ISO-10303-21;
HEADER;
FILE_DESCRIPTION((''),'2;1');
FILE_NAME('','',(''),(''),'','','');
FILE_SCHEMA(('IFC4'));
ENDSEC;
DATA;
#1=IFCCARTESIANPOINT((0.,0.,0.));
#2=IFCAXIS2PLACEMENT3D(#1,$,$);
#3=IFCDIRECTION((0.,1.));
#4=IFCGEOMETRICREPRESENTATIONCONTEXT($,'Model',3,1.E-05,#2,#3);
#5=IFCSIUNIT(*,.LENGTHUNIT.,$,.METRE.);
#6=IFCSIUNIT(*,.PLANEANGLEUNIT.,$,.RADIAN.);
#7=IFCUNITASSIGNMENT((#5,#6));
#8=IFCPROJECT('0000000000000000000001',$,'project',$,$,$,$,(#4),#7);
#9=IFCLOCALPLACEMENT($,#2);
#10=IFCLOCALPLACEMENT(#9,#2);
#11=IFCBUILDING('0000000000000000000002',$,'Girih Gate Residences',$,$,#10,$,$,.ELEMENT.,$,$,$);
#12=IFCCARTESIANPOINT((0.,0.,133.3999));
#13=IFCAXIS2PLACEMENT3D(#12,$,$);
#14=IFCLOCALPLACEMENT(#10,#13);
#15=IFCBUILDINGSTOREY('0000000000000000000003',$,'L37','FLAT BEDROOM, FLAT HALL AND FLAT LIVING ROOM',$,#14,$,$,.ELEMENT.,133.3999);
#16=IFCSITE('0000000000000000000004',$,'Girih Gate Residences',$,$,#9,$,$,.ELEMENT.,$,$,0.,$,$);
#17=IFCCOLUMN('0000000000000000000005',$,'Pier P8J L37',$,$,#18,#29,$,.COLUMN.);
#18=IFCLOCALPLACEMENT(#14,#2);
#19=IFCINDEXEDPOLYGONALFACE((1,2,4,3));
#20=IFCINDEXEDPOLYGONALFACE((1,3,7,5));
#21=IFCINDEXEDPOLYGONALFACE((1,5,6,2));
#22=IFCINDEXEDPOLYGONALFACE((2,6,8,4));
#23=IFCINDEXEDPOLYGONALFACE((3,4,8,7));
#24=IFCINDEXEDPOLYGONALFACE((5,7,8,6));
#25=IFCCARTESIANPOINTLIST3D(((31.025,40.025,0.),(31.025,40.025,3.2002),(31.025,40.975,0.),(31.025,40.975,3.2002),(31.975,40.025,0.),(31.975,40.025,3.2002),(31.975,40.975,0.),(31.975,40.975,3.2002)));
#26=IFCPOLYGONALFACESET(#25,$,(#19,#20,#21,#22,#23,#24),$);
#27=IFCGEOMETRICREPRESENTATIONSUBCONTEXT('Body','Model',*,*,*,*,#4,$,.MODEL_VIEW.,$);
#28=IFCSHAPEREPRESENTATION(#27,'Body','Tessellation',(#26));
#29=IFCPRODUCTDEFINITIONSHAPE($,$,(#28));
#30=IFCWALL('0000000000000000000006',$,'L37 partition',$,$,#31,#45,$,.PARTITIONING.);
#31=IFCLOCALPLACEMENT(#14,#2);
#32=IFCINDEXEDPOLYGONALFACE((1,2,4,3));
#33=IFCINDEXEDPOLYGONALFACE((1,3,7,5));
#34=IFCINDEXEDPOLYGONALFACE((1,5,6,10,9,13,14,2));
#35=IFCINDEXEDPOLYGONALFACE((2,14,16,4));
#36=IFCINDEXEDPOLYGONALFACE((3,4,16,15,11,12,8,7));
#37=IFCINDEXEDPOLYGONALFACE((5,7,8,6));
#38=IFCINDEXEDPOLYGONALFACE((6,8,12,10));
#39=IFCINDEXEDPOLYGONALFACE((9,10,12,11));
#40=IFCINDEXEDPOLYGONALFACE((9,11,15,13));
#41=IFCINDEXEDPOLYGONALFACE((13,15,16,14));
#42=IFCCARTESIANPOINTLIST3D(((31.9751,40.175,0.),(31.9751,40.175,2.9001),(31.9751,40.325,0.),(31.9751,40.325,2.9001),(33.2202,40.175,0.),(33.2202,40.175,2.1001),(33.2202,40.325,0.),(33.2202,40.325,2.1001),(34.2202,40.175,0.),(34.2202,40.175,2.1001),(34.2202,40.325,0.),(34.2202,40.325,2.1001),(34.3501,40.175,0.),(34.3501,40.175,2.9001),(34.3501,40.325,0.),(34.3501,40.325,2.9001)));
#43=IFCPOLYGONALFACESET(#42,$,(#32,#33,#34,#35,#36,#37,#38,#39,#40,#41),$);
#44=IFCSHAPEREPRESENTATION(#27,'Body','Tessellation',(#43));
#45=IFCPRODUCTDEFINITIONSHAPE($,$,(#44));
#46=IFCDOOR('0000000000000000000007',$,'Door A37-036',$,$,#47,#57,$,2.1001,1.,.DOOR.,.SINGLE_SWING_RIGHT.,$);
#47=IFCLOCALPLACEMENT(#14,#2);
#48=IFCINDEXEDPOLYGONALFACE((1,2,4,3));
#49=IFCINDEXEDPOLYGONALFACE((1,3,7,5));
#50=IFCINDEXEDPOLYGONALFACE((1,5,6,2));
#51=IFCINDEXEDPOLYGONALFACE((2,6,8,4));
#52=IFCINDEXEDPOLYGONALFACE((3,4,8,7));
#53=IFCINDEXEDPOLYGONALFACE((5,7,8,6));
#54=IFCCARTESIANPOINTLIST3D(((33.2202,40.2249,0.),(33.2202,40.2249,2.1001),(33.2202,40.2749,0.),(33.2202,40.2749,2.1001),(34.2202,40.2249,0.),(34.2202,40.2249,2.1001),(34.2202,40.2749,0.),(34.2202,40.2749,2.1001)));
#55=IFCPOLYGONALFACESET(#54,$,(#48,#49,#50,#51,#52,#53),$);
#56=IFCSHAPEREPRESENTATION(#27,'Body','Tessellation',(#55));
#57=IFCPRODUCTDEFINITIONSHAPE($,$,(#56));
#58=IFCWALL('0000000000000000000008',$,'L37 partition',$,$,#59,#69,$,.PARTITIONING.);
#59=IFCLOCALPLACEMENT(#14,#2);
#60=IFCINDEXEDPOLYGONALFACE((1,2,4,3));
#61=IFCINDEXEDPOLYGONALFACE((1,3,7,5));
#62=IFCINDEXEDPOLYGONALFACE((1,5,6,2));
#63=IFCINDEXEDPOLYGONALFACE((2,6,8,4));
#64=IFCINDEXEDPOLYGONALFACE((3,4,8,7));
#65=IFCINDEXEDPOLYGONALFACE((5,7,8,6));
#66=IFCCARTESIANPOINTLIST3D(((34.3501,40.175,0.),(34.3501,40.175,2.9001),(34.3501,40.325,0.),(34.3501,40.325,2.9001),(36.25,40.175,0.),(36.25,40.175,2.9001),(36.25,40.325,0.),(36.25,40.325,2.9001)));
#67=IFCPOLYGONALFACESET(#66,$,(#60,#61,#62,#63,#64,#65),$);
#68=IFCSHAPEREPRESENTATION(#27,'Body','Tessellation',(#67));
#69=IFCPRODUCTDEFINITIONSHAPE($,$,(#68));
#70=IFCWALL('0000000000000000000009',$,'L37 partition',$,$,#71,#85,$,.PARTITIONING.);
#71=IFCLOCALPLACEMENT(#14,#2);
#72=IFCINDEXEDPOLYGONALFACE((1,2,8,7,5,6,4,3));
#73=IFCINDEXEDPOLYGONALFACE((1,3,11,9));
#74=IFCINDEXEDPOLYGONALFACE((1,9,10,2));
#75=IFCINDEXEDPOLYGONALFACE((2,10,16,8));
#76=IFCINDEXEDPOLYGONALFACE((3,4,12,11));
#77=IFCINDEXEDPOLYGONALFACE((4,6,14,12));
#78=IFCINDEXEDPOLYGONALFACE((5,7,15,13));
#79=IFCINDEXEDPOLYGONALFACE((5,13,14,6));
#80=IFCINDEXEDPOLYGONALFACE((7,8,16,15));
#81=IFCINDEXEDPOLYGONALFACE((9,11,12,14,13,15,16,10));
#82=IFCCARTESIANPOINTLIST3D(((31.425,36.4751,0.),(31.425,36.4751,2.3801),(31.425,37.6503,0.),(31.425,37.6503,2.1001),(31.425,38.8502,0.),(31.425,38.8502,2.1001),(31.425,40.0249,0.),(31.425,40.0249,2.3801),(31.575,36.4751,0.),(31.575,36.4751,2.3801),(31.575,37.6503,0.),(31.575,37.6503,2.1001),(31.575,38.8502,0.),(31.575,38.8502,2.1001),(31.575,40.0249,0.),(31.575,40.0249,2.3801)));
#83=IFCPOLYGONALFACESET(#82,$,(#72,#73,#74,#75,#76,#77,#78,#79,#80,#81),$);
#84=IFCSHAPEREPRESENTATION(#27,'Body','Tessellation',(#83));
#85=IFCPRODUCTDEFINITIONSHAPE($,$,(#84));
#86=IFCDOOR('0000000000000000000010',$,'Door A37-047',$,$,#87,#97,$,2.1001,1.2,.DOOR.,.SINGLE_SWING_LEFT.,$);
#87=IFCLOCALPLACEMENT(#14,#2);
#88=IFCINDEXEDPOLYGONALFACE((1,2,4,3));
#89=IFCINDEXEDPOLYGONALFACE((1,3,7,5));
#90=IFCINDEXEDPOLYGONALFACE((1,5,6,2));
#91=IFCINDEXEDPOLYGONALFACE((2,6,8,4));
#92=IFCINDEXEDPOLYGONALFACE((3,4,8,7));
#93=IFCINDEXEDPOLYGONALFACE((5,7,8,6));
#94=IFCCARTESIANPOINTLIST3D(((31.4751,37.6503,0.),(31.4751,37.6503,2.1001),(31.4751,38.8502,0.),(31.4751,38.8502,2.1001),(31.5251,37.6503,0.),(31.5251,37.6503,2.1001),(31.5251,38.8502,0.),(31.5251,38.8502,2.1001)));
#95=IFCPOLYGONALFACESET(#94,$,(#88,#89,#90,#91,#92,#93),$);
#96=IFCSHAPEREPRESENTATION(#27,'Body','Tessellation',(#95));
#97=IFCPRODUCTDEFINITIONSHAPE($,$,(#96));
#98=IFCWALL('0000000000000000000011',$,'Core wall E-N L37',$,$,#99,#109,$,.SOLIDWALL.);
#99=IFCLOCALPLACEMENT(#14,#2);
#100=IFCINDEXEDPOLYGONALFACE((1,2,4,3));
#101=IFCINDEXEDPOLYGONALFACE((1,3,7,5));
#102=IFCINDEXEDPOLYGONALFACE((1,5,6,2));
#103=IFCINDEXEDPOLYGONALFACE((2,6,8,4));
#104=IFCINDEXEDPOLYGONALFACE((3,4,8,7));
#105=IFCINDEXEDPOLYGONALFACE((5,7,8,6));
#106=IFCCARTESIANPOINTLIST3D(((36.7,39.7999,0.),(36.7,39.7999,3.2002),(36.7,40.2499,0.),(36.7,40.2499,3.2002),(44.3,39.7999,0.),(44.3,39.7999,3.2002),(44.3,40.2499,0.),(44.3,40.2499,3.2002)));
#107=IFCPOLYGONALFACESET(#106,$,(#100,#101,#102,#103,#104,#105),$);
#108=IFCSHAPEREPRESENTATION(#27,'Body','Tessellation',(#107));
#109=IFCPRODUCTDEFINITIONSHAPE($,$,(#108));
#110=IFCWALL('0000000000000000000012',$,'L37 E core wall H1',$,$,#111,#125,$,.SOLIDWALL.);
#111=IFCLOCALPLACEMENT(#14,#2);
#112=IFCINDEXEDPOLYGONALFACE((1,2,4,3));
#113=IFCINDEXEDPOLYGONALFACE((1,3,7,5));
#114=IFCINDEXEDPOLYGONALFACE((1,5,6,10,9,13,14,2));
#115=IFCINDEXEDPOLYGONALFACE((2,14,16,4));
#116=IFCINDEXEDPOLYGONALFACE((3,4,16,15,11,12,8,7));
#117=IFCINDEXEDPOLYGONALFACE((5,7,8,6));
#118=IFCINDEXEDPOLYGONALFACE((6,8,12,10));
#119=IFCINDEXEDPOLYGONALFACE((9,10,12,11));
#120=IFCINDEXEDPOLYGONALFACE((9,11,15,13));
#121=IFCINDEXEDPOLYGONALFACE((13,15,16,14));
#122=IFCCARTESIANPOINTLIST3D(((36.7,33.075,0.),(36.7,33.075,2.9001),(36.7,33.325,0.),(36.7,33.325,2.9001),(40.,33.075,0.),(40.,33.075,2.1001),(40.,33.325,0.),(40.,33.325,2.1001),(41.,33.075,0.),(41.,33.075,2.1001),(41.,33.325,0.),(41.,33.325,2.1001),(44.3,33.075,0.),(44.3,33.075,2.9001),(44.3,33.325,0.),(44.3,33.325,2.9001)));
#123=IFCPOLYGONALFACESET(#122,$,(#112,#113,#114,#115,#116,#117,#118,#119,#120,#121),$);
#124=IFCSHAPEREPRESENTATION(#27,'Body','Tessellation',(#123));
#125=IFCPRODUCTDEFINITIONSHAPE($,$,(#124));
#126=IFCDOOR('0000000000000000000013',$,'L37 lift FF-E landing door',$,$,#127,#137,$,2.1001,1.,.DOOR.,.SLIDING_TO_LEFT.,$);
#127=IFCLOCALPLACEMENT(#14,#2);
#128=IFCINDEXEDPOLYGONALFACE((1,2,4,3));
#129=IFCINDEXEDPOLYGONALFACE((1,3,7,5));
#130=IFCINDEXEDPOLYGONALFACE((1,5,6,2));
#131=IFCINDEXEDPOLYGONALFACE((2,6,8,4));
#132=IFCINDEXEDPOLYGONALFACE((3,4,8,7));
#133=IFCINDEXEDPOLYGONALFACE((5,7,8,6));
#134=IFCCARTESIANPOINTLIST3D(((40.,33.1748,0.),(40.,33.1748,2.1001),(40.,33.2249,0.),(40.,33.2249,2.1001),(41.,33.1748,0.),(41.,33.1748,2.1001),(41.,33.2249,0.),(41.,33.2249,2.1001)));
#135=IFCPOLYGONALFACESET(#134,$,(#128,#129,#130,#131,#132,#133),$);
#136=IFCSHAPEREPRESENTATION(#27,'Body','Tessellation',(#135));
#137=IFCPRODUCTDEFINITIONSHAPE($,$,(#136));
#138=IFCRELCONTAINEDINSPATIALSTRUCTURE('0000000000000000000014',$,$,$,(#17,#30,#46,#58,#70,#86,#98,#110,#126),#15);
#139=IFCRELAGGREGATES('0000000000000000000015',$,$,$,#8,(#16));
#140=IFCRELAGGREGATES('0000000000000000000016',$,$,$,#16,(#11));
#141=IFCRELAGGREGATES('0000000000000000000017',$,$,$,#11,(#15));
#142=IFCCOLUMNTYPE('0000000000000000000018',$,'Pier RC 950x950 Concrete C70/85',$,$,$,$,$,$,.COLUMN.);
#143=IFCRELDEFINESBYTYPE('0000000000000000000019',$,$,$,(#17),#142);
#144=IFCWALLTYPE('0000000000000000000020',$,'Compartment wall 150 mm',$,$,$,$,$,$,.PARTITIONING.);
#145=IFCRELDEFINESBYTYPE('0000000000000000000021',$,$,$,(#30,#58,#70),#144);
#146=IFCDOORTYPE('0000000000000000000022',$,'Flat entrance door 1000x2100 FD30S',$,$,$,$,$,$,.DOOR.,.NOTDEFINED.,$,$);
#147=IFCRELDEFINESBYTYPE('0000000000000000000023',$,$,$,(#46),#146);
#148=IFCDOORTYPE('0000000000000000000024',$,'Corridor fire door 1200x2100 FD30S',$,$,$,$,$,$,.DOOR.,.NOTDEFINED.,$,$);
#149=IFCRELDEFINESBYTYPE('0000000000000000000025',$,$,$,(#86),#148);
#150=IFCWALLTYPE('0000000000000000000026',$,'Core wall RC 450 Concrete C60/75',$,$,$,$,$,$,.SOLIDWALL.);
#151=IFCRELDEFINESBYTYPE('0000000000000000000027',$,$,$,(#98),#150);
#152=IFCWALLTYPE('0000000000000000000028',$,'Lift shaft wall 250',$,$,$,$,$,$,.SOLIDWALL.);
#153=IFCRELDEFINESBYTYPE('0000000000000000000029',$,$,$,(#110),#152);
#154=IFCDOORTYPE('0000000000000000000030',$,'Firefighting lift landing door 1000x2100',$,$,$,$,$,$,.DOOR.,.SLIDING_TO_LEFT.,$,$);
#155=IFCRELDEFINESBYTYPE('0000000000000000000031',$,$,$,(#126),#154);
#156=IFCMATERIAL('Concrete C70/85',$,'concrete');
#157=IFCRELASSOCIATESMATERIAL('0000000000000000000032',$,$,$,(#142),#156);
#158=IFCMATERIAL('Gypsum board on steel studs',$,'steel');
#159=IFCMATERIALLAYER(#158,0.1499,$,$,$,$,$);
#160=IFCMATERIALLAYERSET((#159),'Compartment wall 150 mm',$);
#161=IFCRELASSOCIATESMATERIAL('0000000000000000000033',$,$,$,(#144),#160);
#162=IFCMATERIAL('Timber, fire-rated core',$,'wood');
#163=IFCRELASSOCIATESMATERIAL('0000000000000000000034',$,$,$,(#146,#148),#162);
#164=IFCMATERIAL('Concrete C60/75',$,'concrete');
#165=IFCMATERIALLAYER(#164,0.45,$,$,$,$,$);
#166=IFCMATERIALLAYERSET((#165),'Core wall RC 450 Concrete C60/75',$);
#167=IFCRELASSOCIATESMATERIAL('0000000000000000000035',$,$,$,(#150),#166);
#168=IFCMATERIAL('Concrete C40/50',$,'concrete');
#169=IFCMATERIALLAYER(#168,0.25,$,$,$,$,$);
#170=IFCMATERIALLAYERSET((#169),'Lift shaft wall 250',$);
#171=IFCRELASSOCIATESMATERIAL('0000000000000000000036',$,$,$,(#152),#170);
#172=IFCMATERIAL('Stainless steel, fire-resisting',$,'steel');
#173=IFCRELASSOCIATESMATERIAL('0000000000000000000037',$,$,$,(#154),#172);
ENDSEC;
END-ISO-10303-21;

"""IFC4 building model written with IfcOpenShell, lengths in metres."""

from ifc_helpers import new_model, si_unit, direction, frame, frame_2d, origin, origin_2d, place, context, subcontext, project, spatial, rectangle, extrude, material, layer, layer_set, material_profile, profile_set, type_object, element, fill, save


model = new_model("IFC4")

# Units and contexts
model_context = context("Model", 3, precision=1e-05, world=origin(), true_north=direction((0.0, 1.0)))
body_context = subcontext(model_context, "Body", "Model", "MODEL_VIEW")
ifc_project = project(units=[si_unit("LENGTHUNIT", "METRE"), si_unit("PLANEANGLEUNIT", "RADIAN")], contexts=[model_context])

# Site, building, storey
site_placement = place(None, origin())
site = spatial("IfcSite", under=ifc_project, at=site_placement, Name="Girih Gate Residences", CompositionType="ELEMENT", RefElevation=0.0)
building_placement = place(site_placement, origin())
building = spatial("IfcBuilding", under=site, at=building_placement, Name="Girih Gate Residences", CompositionType="ELEMENT")
storey_placement = place(building_placement, frame((0.0, 0.0, 133.3999)))
storey = spatial("IfcBuildingStorey", under=building, at=storey_placement, Name="L37", Description="FLAT BEDROOM, FLAT HALL AND FLAT LIVING ROOM", CompositionType="ELEMENT", Elevation=133.3999)

# Column
ifc_material_1 = material(Name="Concrete C70/85", Category="concrete")
ifc_material_profile = material_profile(ifc_material_1, rectangle(XDim=0.95, YDim=0.95, at=origin_2d()))
ifc_profile_set = profile_set([ifc_material_profile], Name="Concrete C70/85")
column_type = type_object("IfcColumnType", Name="Pier RC 950x950 Concrete C70/85", PredefinedType="COLUMN", material=ifc_profile_set)
column_placement = place(storey_placement, frame((31.5, 40.5, 0.0), z_axis=(0.0, 0.0, 1.0), x_axis=(1.0, 0.0, 0.0)))
element("IfcColumn", 1, at=column_placement, inside=storey, type_object=column_type, Name="Pier P8J L37", PredefinedType="COLUMN", context=body_context, shape_type="SweptSolid", body=[
    extrude(rectangle(XDim=0.95, YDim=0.95, at=origin_2d()), origin(), (0.0, 0.0, 1.0), 3.2002),
])

# Wall, opening, door
ifc_material_2 = material(Name="Gypsum board on steel studs", Category="steel")
ifc_layer_1 = layer(ifc_material_2, 0.1499)
ifc_layer_set_1 = layer_set([ifc_layer_1], Name="Compartment wall 150 mm")
wall_type_1 = type_object("IfcWallType", Name="Compartment wall 150 mm", PredefinedType="PARTITIONING", material=ifc_layer_set_1)
wall_1_placement = place(storey_placement, frame((31.9751, 40.25, 0.0), z_axis=(0.0, 0.0, 1.0), x_axis=(1.0, 0.0, 0.0)))
wall_1 = element("IfcWall", 2, at=wall_1_placement, inside=storey, type_object=wall_type_1, Name="L37 partition", PredefinedType="PARTITIONING", context=body_context, shape_type="SweptSolid", body=[
    extrude(rectangle(XDim=2.375, YDim=0.1499, at=frame_2d((1.1875, 0.0))), origin(), (0.0, 0.0, 1.0), 2.9001),
])
opening_1_placement = place(wall_1_placement, frame((1.2451, 0.0, 0.0)))
opening_1 = element("IfcOpeningElement", 3, at=opening_1_placement, cuts=wall_1, PredefinedType="OPENING", context=body_context, shape_type="SweptSolid", body=[
    extrude(rectangle(XDim=1.0, YDim=2.1001, at=frame_2d((0.5, 1.05))), frame((0.0, 0.085, 0.0), z_axis=(0.0, -1.0, 0.0), x_axis=(1.0, 0.0, 0.0)), (0.0, 0.0, 1.0), 0.1699),
])
ifc_material_3 = material(Name="Timber, fire-rated core", Category="wood")
door_type_1 = type_object("IfcDoorType", Name="Flat entrance door 1000x2100 FD30S", OperationType="NOTDEFINED", PredefinedType="DOOR", material=ifc_material_3)
door_1_placement = place(opening_1_placement, origin())
door_1 = element("IfcDoor", 4, at=door_1_placement, inside=storey, type_object=door_type_1, Name="Door A37-036", OperationType="SINGLE_SWING_RIGHT", OverallHeight=2.1001, OverallWidth=1.0, PredefinedType="DOOR", context=body_context, shape_type="SweptSolid", body=[
    extrude(rectangle(XDim=1.0, YDim=2.1001, at=frame_2d((0.5, 1.05))), frame((0.0, 0.0249, 0.0), z_axis=(0.0, -1.0, 0.0), x_axis=(1.0, 0.0, 0.0)), (0.0, 0.0, 1.0), 0.05),
])
fill(opening_1, door_1)

# Wall
wall_2_placement = place(storey_placement, frame((34.3501, 40.25, 0.0), z_axis=(0.0, 0.0, 1.0), x_axis=(1.0, 0.0, 0.0)))
element("IfcWall", 5, at=wall_2_placement, inside=storey, type_object=wall_type_1, Name="L37 partition", PredefinedType="PARTITIONING", context=body_context, shape_type="SweptSolid", body=[
    extrude(rectangle(XDim=1.8999, YDim=0.1499, at=frame_2d((0.95, 0.0))), origin(), (0.0, 0.0, 1.0), 2.9001),
])

# Wall, opening, door
wall_3_placement = place(storey_placement, frame((31.5, 36.4751, 0.0), z_axis=(0.0, 0.0, 1.0), x_axis=(0.0, 1.0, 0.0)))
wall_3 = element("IfcWall", 6, at=wall_3_placement, inside=storey, type_object=wall_type_1, Name="L37 partition", PredefinedType="PARTITIONING", context=body_context, shape_type="SweptSolid", body=[
    extrude(rectangle(XDim=3.5498, YDim=0.1499, at=frame_2d((1.7749, 0.0))), origin(), (0.0, 0.0, 1.0), 2.3801),
])
opening_2_placement = place(wall_3_placement, frame((1.175, 0.0, 0.0)))
opening_2 = element("IfcOpeningElement", 7, at=opening_2_placement, cuts=wall_3, PredefinedType="OPENING", context=body_context, shape_type="SweptSolid", body=[
    extrude(rectangle(XDim=1.2, YDim=2.1001, at=frame_2d((0.6001, 1.05))), frame((0.0, 0.085, 0.0), z_axis=(0.0, -1.0, 0.0), x_axis=(1.0, 0.0, 0.0)), (0.0, 0.0, 1.0), 0.1699),
])
door_type_2 = type_object("IfcDoorType", Name="Corridor fire door 1200x2100 FD30S", OperationType="NOTDEFINED", PredefinedType="DOOR", material=ifc_material_3)
door_2_placement = place(opening_2_placement, origin())
door_2 = element("IfcDoor", 8, at=door_2_placement, inside=storey, type_object=door_type_2, Name="Door A37-047", OperationType="SINGLE_SWING_LEFT", OverallHeight=2.1001, OverallWidth=1.2, PredefinedType="DOOR", context=body_context, shape_type="SweptSolid", body=[
    extrude(rectangle(XDim=1.2, YDim=2.1001, at=frame_2d((0.6001, 1.05))), frame((0.0, 0.0249, 0.0), z_axis=(0.0, -1.0, 0.0), x_axis=(1.0, 0.0, 0.0)), (0.0, 0.0, 1.0), 0.05),
])
fill(opening_2, door_2)

# Wall
ifc_material_4 = material(Name="Concrete C60/75", Category="concrete")
ifc_layer_2 = layer(ifc_material_4, 0.45)
ifc_layer_set_2 = layer_set([ifc_layer_2], Name="Core wall RC 450 Concrete C60/75")
wall_type_2 = type_object("IfcWallType", Name="Core wall RC 450 Concrete C60/75", PredefinedType="SOLIDWALL", material=ifc_layer_set_2)
wall_4_placement = place(storey_placement, frame((36.7, 40.0249, 0.0), z_axis=(0.0, 0.0, 1.0), x_axis=(1.0, 0.0, 0.0)))
element("IfcWall", 9, at=wall_4_placement, inside=storey, type_object=wall_type_2, Name="Core wall E-N L37", PredefinedType="SOLIDWALL", context=body_context, shape_type="SweptSolid", body=[
    extrude(rectangle(XDim=7.6001, YDim=0.45, at=frame_2d((3.8, 0.0))), origin(), (0.0, 0.0, 1.0), 3.2002),
])

# Wall, opening, door
ifc_material_5 = material(Name="Concrete C40/50", Category="concrete")
ifc_layer_3 = layer(ifc_material_5, 0.25)
ifc_layer_set_3 = layer_set([ifc_layer_3], Name="Lift shaft wall 250")
wall_type_3 = type_object("IfcWallType", Name="Lift shaft wall 250", PredefinedType="SOLIDWALL", material=ifc_layer_set_3)
wall_5_placement = place(storey_placement, frame((36.7, 33.2, 0.0), z_axis=(0.0, 0.0, 1.0), x_axis=(1.0, 0.0, 0.0)))
wall_5 = element("IfcWall", 10, at=wall_5_placement, inside=storey, type_object=wall_type_3, Name="L37 E core wall H1", PredefinedType="SOLIDWALL", context=body_context, shape_type="SweptSolid", body=[
    extrude(rectangle(XDim=7.6001, YDim=0.25, at=frame_2d((3.8, 0.0))), origin(), (0.0, 0.0, 1.0), 2.9001),
])
opening_3_placement = place(wall_5_placement, frame((3.3, 0.0, 0.0)))
opening_3 = element("IfcOpeningElement", 11, at=opening_3_placement, cuts=wall_5, PredefinedType="OPENING", context=body_context, shape_type="SweptSolid", body=[
    extrude(rectangle(XDim=1.0, YDim=2.1001, at=frame_2d((0.5, 1.05))), frame((0.0, 0.135, 0.0), z_axis=(0.0, -1.0, 0.0), x_axis=(1.0, 0.0, 0.0)), (0.0, 0.0, 1.0), 0.27),
])
ifc_material_6 = material(Name="Stainless steel, fire-resisting", Category="steel")
door_type_3 = type_object("IfcDoorType", Name="Firefighting lift landing door 1000x2100", OperationType="SLIDING_TO_LEFT", PredefinedType="DOOR", material=ifc_material_6)
door_3_placement = place(opening_3_placement, origin())
door_3 = element("IfcDoor", 12, at=door_3_placement, inside=storey, type_object=door_type_3, Name="L37 lift FF-E landing door", OperationType="SLIDING_TO_LEFT", OverallHeight=2.1001, OverallWidth=1.0, PredefinedType="DOOR", context=body_context, shape_type="SweptSolid", body=[
    extrude(rectangle(XDim=1.0, YDim=2.1001, at=frame_2d((0.5, 1.05))), frame((0.0, 0.0249, 0.0), z_axis=(0.0, -1.0, 0.0), x_axis=(1.0, 0.0, 0.0)), (0.0, 0.0, 1.0), 0.05),
])
fill(opening_3, door_3)

save(model, "model.ifc")
